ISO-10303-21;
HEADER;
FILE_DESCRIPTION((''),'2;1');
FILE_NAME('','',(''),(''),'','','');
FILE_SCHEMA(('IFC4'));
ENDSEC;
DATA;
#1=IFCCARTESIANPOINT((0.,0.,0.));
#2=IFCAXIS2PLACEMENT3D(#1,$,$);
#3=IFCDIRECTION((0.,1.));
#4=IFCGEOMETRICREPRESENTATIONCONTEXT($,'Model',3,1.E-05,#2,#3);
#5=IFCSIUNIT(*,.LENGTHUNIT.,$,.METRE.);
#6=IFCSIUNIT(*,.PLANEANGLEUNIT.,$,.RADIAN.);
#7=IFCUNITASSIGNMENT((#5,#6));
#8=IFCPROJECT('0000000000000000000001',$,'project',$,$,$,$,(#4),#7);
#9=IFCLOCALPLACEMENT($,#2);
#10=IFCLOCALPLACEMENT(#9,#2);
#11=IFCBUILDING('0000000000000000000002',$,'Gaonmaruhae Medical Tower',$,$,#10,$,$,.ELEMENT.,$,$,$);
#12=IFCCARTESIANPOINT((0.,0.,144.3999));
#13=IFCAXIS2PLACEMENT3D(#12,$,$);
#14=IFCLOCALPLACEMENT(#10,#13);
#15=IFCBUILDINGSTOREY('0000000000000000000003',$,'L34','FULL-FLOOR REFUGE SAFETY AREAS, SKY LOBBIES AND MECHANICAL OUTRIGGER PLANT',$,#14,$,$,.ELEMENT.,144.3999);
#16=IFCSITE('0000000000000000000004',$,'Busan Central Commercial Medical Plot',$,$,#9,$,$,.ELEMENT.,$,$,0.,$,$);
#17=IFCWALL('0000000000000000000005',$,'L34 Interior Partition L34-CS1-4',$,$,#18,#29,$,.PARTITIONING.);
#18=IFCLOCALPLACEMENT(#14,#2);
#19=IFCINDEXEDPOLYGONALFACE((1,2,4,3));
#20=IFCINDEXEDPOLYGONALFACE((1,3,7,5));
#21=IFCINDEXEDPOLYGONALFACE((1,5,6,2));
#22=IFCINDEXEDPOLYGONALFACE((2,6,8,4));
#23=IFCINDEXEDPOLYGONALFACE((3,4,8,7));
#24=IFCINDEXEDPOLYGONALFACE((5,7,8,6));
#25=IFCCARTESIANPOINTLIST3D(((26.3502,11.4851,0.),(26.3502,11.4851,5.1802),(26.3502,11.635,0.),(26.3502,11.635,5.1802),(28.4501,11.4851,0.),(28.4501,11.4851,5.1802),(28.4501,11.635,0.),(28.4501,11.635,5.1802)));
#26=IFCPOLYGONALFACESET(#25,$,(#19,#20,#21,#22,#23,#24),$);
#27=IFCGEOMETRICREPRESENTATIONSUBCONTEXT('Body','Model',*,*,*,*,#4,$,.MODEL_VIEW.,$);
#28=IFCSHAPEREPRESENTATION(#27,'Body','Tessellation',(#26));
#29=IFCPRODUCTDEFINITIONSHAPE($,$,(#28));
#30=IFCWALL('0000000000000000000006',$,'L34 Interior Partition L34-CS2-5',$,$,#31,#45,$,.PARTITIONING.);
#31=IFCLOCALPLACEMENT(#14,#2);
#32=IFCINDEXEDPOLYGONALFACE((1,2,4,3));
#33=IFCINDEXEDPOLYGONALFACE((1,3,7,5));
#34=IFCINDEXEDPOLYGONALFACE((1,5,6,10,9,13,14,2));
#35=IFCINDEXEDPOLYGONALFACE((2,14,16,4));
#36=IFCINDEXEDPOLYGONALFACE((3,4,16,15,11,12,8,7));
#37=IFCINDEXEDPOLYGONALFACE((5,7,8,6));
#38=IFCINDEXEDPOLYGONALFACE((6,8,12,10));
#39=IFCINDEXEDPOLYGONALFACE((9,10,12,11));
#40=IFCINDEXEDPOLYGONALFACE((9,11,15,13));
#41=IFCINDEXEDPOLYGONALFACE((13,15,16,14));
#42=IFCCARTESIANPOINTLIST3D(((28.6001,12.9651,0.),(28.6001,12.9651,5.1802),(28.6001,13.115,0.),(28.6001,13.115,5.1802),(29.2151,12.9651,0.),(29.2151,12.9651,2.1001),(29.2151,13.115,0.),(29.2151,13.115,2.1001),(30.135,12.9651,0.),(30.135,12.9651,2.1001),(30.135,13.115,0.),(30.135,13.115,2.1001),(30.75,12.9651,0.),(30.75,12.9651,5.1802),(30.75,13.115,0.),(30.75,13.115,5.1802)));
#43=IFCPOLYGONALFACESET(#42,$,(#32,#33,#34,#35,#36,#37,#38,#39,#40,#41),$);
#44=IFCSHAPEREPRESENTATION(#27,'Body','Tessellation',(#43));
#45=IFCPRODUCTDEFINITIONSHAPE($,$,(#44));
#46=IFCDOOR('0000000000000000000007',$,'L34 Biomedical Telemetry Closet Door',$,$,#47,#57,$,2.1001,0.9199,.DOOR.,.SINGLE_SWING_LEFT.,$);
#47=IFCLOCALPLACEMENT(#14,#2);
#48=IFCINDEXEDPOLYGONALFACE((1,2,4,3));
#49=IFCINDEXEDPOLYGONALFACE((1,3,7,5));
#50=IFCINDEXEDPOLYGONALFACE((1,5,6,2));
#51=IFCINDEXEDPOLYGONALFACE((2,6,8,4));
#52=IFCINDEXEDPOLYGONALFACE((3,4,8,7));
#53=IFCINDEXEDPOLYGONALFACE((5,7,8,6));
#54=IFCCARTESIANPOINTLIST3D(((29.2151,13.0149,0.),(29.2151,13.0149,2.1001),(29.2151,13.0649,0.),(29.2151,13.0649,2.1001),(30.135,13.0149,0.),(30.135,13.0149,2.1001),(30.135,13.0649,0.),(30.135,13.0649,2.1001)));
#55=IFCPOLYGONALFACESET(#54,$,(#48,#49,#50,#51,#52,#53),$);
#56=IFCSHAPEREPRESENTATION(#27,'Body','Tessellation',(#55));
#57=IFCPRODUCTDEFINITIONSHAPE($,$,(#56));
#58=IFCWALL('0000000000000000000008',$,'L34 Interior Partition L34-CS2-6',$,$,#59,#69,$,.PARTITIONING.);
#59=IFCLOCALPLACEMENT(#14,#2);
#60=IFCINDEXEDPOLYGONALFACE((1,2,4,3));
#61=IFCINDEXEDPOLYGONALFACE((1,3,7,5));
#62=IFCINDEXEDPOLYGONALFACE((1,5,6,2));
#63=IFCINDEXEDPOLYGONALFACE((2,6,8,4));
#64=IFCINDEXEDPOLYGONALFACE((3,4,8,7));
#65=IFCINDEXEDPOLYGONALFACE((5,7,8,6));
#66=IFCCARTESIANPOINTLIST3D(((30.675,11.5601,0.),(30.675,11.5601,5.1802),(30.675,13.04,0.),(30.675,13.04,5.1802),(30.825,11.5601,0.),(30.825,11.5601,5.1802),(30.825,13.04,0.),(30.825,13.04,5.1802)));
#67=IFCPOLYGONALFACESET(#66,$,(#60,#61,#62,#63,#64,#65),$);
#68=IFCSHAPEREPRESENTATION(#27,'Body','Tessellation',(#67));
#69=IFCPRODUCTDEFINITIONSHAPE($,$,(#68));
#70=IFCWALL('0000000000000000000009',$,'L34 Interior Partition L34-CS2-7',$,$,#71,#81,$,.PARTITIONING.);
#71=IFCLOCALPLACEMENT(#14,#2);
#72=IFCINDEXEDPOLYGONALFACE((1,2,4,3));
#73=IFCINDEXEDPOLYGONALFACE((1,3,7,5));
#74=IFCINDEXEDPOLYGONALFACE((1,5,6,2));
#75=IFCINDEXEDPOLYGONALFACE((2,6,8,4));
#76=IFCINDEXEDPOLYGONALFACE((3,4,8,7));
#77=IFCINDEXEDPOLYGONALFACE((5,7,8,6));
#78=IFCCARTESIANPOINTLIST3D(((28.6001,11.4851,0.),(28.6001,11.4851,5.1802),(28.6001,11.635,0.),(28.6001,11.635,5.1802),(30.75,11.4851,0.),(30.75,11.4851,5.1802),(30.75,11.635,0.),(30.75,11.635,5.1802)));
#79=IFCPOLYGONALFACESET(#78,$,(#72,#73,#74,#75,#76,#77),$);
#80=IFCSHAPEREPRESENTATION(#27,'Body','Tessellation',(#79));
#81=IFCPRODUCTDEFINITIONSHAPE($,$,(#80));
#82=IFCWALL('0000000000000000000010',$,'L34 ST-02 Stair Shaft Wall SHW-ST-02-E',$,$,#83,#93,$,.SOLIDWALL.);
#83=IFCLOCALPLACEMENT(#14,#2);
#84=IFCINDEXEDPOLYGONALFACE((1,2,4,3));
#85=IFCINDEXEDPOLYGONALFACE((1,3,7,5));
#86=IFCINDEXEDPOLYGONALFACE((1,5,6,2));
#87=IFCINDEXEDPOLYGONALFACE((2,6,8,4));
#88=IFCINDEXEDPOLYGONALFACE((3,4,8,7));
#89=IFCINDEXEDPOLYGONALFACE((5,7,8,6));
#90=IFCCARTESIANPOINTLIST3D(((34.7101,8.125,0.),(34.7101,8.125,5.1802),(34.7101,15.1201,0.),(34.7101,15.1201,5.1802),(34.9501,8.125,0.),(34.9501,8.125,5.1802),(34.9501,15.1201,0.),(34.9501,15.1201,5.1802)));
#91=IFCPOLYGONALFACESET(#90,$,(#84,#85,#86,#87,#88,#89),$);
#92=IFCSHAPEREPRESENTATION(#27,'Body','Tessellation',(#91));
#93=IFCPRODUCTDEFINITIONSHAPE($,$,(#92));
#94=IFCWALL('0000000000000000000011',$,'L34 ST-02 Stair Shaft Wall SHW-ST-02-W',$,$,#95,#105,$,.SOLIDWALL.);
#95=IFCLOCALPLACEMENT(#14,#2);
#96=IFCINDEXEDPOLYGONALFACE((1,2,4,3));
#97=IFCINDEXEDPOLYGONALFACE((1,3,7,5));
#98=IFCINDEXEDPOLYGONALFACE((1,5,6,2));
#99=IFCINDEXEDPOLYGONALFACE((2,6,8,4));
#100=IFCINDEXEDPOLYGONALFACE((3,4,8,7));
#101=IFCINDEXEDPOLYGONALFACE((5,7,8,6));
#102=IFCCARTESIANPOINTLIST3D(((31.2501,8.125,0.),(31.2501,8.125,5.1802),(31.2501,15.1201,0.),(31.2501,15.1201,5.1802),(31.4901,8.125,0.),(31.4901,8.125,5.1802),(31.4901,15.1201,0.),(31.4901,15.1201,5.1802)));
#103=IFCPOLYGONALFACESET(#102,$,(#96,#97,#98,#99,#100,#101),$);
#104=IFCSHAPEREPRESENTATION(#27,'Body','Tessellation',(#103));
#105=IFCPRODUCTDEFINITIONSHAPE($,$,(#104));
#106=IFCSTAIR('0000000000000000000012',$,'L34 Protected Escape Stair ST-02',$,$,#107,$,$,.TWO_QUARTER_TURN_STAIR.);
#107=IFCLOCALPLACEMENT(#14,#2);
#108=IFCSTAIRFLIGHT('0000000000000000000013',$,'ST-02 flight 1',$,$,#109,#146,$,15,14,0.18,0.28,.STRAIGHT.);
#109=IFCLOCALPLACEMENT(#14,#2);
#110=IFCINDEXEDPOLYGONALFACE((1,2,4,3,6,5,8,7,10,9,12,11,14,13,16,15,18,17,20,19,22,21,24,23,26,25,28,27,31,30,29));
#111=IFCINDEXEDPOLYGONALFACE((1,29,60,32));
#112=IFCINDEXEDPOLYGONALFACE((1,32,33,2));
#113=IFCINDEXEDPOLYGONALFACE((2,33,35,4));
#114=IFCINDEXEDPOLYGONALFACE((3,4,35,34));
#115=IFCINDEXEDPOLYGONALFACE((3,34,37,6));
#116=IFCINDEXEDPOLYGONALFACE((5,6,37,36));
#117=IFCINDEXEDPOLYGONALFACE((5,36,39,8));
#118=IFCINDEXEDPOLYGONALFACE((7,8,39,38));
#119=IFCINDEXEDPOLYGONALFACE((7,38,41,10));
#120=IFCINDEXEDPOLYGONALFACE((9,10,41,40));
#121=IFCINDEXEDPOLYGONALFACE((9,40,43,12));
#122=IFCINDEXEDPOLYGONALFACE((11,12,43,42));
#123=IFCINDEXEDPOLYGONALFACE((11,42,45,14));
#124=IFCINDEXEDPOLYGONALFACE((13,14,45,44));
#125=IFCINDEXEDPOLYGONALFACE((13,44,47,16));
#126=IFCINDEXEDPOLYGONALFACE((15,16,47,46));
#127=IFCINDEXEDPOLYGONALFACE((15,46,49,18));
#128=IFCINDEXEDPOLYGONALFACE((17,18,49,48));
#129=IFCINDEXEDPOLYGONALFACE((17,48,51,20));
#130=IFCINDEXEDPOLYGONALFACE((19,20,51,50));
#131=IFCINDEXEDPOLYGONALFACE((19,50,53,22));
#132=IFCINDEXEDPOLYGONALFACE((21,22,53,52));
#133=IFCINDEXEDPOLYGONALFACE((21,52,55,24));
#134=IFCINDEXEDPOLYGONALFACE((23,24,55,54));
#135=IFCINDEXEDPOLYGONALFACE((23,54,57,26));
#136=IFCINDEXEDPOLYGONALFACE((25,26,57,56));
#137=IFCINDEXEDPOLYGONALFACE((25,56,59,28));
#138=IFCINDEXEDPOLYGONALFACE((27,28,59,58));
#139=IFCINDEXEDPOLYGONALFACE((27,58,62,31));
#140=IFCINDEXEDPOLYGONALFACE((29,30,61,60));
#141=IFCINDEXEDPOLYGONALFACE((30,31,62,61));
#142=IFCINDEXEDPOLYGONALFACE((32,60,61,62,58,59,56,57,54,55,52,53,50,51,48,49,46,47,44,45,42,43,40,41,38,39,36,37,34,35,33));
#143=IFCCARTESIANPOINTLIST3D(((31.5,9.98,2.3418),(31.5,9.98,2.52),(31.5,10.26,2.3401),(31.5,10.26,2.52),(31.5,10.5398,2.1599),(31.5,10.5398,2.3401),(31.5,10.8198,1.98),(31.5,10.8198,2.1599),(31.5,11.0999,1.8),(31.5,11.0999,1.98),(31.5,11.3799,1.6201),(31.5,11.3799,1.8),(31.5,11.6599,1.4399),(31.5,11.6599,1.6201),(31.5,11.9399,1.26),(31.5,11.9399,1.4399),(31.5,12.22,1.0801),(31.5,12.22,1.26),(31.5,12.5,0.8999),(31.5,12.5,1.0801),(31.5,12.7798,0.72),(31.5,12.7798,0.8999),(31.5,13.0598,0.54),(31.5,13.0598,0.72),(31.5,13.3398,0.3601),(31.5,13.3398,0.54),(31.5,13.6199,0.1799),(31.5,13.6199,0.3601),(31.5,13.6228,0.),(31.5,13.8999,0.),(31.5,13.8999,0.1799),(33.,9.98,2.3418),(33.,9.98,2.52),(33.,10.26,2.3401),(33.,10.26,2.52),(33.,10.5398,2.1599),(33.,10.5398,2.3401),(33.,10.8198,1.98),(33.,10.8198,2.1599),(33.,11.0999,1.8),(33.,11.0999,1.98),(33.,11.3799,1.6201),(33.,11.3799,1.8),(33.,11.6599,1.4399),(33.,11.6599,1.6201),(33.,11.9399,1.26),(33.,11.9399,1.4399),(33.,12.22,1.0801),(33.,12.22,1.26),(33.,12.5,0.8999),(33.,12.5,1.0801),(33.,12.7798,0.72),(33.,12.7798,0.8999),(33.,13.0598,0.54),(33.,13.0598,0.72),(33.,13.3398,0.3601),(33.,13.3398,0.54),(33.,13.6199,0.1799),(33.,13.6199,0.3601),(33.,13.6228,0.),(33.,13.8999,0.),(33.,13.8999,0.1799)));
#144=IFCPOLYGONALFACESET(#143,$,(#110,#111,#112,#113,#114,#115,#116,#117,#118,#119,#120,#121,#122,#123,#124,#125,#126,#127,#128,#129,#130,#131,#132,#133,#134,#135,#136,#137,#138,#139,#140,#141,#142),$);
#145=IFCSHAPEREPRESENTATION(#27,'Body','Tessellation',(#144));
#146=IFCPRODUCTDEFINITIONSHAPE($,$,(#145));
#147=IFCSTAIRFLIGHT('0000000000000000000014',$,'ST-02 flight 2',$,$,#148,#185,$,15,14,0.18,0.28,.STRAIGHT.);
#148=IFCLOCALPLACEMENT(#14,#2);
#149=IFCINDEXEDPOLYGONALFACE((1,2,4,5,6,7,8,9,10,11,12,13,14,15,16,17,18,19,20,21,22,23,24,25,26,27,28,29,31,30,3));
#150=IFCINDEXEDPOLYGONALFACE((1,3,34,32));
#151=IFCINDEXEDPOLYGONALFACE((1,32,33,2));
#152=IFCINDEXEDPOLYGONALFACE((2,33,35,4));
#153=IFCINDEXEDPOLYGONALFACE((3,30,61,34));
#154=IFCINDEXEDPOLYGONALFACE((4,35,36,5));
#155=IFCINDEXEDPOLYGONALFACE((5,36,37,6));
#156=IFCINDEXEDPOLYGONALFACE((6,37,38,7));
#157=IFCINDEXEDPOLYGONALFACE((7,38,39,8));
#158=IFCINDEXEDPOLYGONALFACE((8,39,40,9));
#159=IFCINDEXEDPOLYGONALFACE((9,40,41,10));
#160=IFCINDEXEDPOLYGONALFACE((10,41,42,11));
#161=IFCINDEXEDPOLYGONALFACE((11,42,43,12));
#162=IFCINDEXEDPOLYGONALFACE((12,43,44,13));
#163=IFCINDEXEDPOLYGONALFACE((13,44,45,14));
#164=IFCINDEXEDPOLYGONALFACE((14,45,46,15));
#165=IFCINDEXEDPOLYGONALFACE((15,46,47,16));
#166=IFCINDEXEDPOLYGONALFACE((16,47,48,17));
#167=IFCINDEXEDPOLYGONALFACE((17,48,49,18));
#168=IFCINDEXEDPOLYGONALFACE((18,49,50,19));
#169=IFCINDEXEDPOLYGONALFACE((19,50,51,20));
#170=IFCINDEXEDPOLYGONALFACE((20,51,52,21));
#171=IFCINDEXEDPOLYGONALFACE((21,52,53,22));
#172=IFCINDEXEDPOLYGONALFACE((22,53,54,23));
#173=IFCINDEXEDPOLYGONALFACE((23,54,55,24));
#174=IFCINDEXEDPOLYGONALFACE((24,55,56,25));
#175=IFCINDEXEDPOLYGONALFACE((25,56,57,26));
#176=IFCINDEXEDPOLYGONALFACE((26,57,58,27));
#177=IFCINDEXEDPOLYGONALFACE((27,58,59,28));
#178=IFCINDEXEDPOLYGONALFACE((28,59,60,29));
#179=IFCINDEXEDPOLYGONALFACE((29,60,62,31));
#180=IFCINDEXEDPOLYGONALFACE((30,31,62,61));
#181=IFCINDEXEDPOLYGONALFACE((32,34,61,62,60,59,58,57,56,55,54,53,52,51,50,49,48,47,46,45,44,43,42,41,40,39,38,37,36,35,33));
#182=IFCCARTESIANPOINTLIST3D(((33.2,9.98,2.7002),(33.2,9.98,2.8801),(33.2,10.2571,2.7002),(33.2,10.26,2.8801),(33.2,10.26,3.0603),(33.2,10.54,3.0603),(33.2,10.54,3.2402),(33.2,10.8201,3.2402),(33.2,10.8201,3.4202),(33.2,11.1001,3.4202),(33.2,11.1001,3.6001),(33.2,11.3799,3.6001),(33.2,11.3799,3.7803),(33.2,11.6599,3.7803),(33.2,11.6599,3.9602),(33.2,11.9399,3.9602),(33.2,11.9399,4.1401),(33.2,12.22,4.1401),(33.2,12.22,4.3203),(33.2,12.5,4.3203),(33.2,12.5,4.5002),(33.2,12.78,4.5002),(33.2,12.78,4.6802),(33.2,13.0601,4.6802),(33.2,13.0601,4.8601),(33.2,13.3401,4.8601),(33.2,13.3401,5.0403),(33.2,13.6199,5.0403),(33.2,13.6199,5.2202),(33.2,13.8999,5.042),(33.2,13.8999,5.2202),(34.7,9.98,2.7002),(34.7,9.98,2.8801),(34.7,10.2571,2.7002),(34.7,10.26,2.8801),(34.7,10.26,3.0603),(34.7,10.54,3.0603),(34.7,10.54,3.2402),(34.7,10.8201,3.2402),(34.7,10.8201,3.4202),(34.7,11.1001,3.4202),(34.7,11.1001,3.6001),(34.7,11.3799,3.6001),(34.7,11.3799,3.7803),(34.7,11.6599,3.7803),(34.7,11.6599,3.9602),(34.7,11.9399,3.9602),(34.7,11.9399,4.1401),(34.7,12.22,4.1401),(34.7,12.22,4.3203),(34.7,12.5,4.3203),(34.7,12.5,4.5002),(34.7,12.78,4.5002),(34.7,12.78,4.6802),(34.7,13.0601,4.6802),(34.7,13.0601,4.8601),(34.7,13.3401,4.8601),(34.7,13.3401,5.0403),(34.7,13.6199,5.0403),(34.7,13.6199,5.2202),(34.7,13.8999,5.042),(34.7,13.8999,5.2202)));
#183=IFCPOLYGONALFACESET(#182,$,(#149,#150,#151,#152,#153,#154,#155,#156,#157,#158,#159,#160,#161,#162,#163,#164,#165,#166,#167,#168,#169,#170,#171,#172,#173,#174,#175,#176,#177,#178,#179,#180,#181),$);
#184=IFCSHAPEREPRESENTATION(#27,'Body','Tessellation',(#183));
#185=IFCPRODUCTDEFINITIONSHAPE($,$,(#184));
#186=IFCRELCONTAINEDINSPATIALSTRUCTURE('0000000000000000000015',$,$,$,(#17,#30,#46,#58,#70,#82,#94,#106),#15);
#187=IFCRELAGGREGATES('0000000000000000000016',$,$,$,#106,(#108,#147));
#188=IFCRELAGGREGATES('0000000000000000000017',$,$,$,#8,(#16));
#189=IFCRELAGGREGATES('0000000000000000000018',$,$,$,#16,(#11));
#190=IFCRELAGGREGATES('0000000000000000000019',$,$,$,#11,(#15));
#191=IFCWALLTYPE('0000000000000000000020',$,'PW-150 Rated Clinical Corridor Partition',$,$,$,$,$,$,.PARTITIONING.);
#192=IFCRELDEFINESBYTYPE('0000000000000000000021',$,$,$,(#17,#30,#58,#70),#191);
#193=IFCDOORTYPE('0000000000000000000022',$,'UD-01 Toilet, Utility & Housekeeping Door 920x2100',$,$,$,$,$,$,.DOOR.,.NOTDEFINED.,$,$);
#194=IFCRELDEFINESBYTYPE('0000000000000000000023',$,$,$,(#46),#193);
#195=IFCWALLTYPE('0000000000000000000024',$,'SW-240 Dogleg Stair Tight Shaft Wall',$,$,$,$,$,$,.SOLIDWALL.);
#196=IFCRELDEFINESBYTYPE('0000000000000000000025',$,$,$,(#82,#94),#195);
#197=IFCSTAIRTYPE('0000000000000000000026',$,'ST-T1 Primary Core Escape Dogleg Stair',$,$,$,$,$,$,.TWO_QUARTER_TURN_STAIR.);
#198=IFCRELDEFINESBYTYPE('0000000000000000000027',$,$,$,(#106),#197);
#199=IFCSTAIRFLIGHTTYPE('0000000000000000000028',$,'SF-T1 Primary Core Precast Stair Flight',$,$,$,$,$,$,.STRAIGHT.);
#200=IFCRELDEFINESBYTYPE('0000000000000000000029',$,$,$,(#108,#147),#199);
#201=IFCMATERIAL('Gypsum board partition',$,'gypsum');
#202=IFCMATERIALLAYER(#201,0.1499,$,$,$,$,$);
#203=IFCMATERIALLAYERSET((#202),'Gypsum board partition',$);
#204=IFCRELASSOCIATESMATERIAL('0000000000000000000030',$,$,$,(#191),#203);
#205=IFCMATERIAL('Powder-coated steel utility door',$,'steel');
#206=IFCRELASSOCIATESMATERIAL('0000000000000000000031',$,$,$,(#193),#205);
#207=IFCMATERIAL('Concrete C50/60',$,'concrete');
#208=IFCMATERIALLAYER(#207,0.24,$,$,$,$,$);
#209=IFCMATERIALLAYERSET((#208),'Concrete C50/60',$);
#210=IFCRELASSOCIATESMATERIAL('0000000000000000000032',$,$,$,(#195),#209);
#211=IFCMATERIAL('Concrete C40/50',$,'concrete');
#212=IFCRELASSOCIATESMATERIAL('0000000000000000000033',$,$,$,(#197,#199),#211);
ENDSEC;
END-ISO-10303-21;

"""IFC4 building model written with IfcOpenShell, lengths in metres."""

from ifc_helpers import new_model, si_unit, direction, frame, frame_2d, origin, place, context, subcontext, project, spatial, polyline, rectangle, outline, extrude, material, layer, layer_set, type_object, element, fill, aggregate, save


model = new_model("IFC4")

# Units and contexts
model_context = context("Model", 3, precision=1e-05, world=origin(), true_north=direction((0.0, 1.0)))
body_context = subcontext(model_context, "Body", "Model", "MODEL_VIEW")
ifc_project = project(units=[si_unit("LENGTHUNIT", "METRE"), si_unit("PLANEANGLEUNIT", "RADIAN")], contexts=[model_context])

# Site, building, storey
site_placement = place(None, origin())
site = spatial("IfcSite", under=ifc_project, at=site_placement, Name="Busan Central Commercial Medical Plot", CompositionType="ELEMENT", RefElevation=0.0)
building_placement = place(site_placement, origin())
building = spatial("IfcBuilding", under=site, at=building_placement, Name="Gaonmaruhae Medical Tower", CompositionType="ELEMENT")
storey_placement = place(building_placement, frame((0.0, 0.0, 144.3999)))
storey = spatial("IfcBuildingStorey", under=building, at=storey_placement, Name="L34", Description="FULL-FLOOR REFUGE SAFETY AREAS, SKY LOBBIES AND MECHANICAL OUTRIGGER PLANT", CompositionType="ELEMENT", Elevation=144.3999)

# Shared definitions
ifc_material_1 = material(Name="Gypsum board partition", Category="gypsum")
ifc_layer_1 = layer(ifc_material_1, 0.1499)
ifc_layer_set_1 = layer_set([ifc_layer_1], Name="Gypsum board partition")
wall_type_1 = type_object("IfcWallType", Name="PW-150 Rated Clinical Corridor Partition", PredefinedType="PARTITIONING", material=ifc_layer_set_1)

# Shared definitions
ifc_material_2 = material(Name="Powder-coated steel utility door", Category="steel")
door_type_1 = type_object("IfcDoorType", Name="UD-01 Toilet, Utility & Housekeeping Door 920x2100", OperationType="NOTDEFINED", PredefinedType="DOOR", material=ifc_material_2)

# Wall
wall_1_placement = place(storey_placement, frame((28.45, 11.5601, 0.0), z_axis=(0.0, 0.0, 1.0), x_axis=(-1.0, 0.0, 0.0)))
element("IfcWall", 1, at=wall_1_placement, inside=storey, type_object=wall_type_1, Name="L34 Interior Partition L34-CS1-4", PredefinedType="PARTITIONING", context=body_context, shape_type="SweptSolid", body=[
    extrude(rectangle(XDim=2.0999, YDim=0.1499, at=frame_2d((1.0498, 0.0))), origin(), (0.0, 0.0, 1.0), 5.1802),
])

# Wall, opening, door
wall_2_placement = place(storey_placement, frame((28.6001, 13.04, 0.0), z_axis=(0.0, 0.0, 1.0), x_axis=(1.0, 0.0, 0.0)))
wall_2 = element("IfcWall", 2, at=wall_2_placement, inside=storey, type_object=wall_type_1, Name="L34 Interior Partition L34-CS2-5", PredefinedType="PARTITIONING", context=body_context, shape_type="SweptSolid", body=[
    extrude(rectangle(XDim=2.1499, YDim=0.1499, at=frame_2d((1.075, 0.0))), origin(), (0.0, 0.0, 1.0), 5.1802),
])
opening_1_placement = place(wall_2_placement, frame((0.615, 0.0, 0.0)))
opening_1 = element("IfcOpeningElement", 3, at=opening_1_placement, cuts=wall_2, PredefinedType="OPENING", context=body_context, shape_type="SweptSolid", body=[
    extrude(rectangle(XDim=0.9199, YDim=2.1001, at=frame_2d((0.46, 1.05))), frame((0.0, 0.085, 0.0), z_axis=(0.0, -1.0, 0.0), x_axis=(1.0, 0.0, 0.0)), (0.0, 0.0, 1.0), 0.1699),
])
door_1_placement = place(opening_1_placement, origin())
door_1 = element("IfcDoor", 4, at=door_1_placement, inside=storey, type_object=door_type_1, Name="L34 Biomedical Telemetry Closet Door", OperationType="SINGLE_SWING_LEFT", OverallHeight=2.1001, OverallWidth=0.9199, PredefinedType="DOOR", context=body_context, shape_type="SweptSolid", body=[
    extrude(rectangle(XDim=0.9199, YDim=2.1001, at=frame_2d((0.46, 1.05))), frame((0.0, 0.0249, 0.0), z_axis=(0.0, -1.0, 0.0), x_axis=(1.0, 0.0, 0.0)), (0.0, 0.0, 1.0), 0.05),
])
fill(opening_1, door_1)

# Walls
wall_3_placement = place(storey_placement, frame((30.75, 13.04, 0.0), z_axis=(0.0, 0.0, 1.0), x_axis=(0.0, -1.0, 0.0)))
element("IfcWall", 5, at=wall_3_placement, inside=storey, type_object=wall_type_1, Name="L34 Interior Partition L34-CS2-6", PredefinedType="PARTITIONING", context=body_context, shape_type="SweptSolid", body=[
    extrude(rectangle(XDim=1.48, YDim=0.1499, at=frame_2d((0.74, 0.0))), origin(), (0.0, 0.0, 1.0), 5.1802),
])
wall_4_placement = place(storey_placement, frame((30.75, 11.5601, 0.0), z_axis=(0.0, 0.0, 1.0), x_axis=(-1.0, 0.0, 0.0)))
element("IfcWall", 6, at=wall_4_placement, inside=storey, type_object=wall_type_1, Name="L34 Interior Partition L34-CS2-7", PredefinedType="PARTITIONING", context=body_context, shape_type="SweptSolid", body=[
    extrude(rectangle(XDim=2.1499, YDim=0.1499, at=frame_2d((1.075, 0.0))), origin(), (0.0, 0.0, 1.0), 5.1802),
])

# Shared definitions
ifc_material_3 = material(Name="Concrete C50/60", Category="concrete")
ifc_layer_2 = layer(ifc_material_3, 0.24)
ifc_layer_set_2 = layer_set([ifc_layer_2], Name="Concrete C50/60")
wall_type_2 = type_object("IfcWallType", Name="SW-240 Dogleg Stair Tight Shaft Wall", PredefinedType="SOLIDWALL", material=ifc_layer_set_2)

# Walls
for number, where, z_axis, x_axis, name in (
    (7, (34.8301, 15.1201, 0.0), (0.0, 0.0, 1.0), (0.0, -1.0, 0.0), "L34 ST-02 Stair Shaft Wall SHW-ST-02-E"),
    (8, (31.3701, 8.125, 0.0), (0.0, 0.0, 1.0), (0.0, 1.0, 0.0), "L34 ST-02 Stair Shaft Wall SHW-ST-02-W"),
):
    element("IfcWall", number, at=place(storey_placement, frame(where, z_axis=z_axis, x_axis=x_axis)), inside=storey, type_object=wall_type_2, Name=name, PredefinedType="SOLIDWALL", context=body_context, shape_type="SweptSolid", body=[
        extrude(rectangle(XDim=6.9951, YDim=0.24, at=frame_2d((3.4976, 0.0))), origin(), (0.0, 0.0, 1.0), 5.1802),
    ])

# Stair, stair flights
ifc_material_4 = material(Name="Concrete C40/50", Category="concrete")
stair_type = type_object("IfcStairType", Name="ST-T1 Primary Core Escape Dogleg Stair", PredefinedType="TWO_QUARTER_TURN_STAIR", material=ifc_material_4)
stair_placement = place(storey_placement, origin())
stair = element("IfcStair", 9, at=stair_placement, inside=storey, type_object=stair_type, Name="L34 Protected Escape Stair ST-02", PredefinedType="TWO_QUARTER_TURN_STAIR")
stair_flight_type = type_object("IfcStairFlightType", Name="SF-T1 Primary Core Precast Stair Flight", PredefinedType="STRAIGHT", material=ifc_material_4)
stair_flight_1_placement = place(storey_placement, frame((32.25, 13.8999, 0.0), z_axis=(0.0, 0.0, 1.0), x_axis=(0.0, -1.0, 0.0)))
stair_flight_1 = element("IfcStairFlight", 10, at=stair_flight_1_placement, type_object=stair_flight_type, Name="ST-02 flight 1", NumberOfRisers=15, NumberOfTreads=14, PredefinedType="STRAIGHT", RiserHeight=0.18, TreadLength=0.28, context=body_context, shape_type="SweptSolid", body=[
    extrude(outline(polyline([(0.0, 0.0), (0.0, 0.1799), (0.28, 0.1799), (0.28, 0.3601), (0.5601, 0.3601), (0.5601, 0.54), (0.8401, 0.54), (0.8401, 0.72), (1.1201, 0.72), (1.1201, 0.8999), (1.3999, 0.8999), (1.3999, 1.0801), (1.6799, 1.0801), (1.6799, 1.26), (1.96, 1.26), (1.96, 1.4399), (2.24, 1.4399), (2.24, 1.6201), (2.52, 1.6201), (2.52, 1.8), (2.8, 1.8), (2.8, 1.98), (3.0801, 1.98), (3.0801, 2.1599), (3.3601, 2.1599), (3.3601, 2.3401), (3.6399, 2.3401), (3.6399, 2.52), (3.9199, 2.52), (3.9199, 2.7), (3.9199, 2.3418), (0.2771, 0.0), (0.0, 0.0)])), frame((0.0, 0.75, 0.0), z_axis=(0.0, -1.0, 0.0), x_axis=(1.0, 0.0, 0.0)), (0.0, 0.0, 1.0), 1.5),
])
stair_flight_2_placement = place(storey_placement, frame((33.95, 9.98, 2.7002), z_axis=(0.0, 0.0, 1.0), x_axis=(0.0, 1.0, 0.0)))
stair_flight_2 = element("IfcStairFlight", 11, at=stair_flight_2_placement, type_object=stair_flight_type, Name="ST-02 flight 2", NumberOfRisers=15, NumberOfTreads=14, PredefinedType="STRAIGHT", RiserHeight=0.18, TreadLength=0.28, context=body_context, shape_type="SweptSolid", body=[
    extrude(outline(polyline([(0.0, 0.0), (0.0, 0.1799), (0.28, 0.1799), (0.28, 0.3601), (0.5601, 0.3601), (0.5601, 0.54), (0.8401, 0.54), (0.8401, 0.72), (1.1201, 0.72), (1.1201, 0.8999), (1.3999, 0.8999), (1.3999, 1.0801), (1.6799, 1.0801), (1.6799, 1.26), (1.96, 1.26), (1.96, 1.4399), (2.24, 1.4399), (2.24, 1.6201), (2.52, 1.6201), (2.52, 1.8), (2.8, 1.8), (2.8, 1.98), (3.0801, 1.98), (3.0801, 2.1599), (3.3601, 2.1599), (3.3601, 2.3401), (3.6399, 2.3401), (3.6399, 2.52), (3.9199, 2.52), (3.9199, 2.7), (3.9199, 2.3418), (0.2771, 0.0), (0.0, 0.0)])), frame((0.0, 0.75, 0.0), z_axis=(0.0, -1.0, 0.0), x_axis=(1.0, 0.0, 0.0)), (0.0, 0.0, 1.0), 1.5),
])
aggregate(stair, [stair_flight_1, stair_flight_2])

save(model, "model.ifc")
